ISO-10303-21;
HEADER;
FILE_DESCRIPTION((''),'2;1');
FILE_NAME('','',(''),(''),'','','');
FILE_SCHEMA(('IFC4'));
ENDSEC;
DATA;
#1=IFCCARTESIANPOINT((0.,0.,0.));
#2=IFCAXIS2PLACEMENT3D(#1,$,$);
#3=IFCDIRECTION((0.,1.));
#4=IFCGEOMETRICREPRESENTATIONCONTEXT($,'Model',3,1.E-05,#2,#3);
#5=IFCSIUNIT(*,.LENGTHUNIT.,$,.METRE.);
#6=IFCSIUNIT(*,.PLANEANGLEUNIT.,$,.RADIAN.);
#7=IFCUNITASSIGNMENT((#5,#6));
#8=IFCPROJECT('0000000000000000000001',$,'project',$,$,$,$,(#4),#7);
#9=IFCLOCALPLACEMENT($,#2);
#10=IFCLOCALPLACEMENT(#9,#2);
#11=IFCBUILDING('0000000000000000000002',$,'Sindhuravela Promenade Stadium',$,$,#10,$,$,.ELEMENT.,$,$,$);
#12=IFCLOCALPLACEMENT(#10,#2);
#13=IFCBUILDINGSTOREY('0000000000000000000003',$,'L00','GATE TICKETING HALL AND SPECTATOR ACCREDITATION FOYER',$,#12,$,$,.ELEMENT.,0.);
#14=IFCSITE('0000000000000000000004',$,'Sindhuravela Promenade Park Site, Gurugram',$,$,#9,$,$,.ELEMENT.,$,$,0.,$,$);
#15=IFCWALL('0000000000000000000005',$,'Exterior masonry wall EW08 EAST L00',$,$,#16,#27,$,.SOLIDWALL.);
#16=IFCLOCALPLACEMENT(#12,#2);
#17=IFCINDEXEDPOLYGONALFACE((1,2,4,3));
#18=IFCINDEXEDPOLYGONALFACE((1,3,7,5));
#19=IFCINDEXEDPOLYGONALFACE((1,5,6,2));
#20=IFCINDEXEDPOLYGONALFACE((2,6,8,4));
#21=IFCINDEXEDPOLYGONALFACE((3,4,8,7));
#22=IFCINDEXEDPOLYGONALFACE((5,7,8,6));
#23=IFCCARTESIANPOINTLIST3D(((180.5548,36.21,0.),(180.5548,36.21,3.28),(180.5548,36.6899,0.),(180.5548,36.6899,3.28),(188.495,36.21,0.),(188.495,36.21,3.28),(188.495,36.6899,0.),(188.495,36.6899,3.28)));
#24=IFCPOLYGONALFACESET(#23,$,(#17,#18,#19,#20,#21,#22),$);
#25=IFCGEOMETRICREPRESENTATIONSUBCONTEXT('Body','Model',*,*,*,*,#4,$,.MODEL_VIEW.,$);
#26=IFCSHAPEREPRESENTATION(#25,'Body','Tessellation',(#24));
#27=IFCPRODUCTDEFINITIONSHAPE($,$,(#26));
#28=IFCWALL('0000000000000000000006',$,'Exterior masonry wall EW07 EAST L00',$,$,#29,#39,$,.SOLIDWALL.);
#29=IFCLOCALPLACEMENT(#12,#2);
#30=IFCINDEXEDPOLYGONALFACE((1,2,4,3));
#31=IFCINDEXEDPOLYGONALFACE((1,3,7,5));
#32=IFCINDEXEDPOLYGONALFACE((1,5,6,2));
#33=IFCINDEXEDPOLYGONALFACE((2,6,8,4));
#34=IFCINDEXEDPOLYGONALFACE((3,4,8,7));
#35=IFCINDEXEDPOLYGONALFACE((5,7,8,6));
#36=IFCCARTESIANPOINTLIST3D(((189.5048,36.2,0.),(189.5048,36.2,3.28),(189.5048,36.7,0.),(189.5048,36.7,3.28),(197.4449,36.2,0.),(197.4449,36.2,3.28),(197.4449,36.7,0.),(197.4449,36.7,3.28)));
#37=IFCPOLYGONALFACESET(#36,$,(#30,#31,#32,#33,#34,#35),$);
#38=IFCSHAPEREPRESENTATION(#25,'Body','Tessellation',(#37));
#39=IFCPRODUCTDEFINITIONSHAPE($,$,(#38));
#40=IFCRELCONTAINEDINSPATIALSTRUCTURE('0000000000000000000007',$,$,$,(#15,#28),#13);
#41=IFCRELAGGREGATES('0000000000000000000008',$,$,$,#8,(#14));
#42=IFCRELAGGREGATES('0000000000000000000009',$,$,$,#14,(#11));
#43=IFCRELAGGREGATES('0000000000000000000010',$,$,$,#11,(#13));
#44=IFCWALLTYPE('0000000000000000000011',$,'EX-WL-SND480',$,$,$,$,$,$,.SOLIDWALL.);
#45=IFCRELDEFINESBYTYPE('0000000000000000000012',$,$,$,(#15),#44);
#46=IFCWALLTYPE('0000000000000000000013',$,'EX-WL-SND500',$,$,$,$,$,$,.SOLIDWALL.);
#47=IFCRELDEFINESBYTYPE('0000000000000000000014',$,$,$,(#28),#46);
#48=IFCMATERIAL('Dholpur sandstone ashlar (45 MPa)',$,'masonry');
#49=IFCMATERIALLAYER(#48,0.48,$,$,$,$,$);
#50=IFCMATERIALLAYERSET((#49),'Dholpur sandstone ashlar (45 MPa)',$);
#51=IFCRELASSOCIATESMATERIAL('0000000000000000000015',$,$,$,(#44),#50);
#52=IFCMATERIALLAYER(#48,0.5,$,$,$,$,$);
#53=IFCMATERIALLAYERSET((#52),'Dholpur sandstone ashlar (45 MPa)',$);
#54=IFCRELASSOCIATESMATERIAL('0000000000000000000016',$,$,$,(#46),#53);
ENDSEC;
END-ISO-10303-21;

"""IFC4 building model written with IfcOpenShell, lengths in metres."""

from ifc_helpers import new_model, si_unit, direction, frame, frame_2d, origin, place, context, subcontext, project, spatial, rectangle, extrude, material, layer, layer_set, type_object, element, save


model = new_model("IFC4")

# Units and contexts
model_context = context("Model", 3, precision=1e-05, world=origin(), true_north=direction((0.0, 1.0)))
body_context = subcontext(model_context, "Body", "Model", "MODEL_VIEW")
ifc_project = project(units=[si_unit("LENGTHUNIT", "METRE"), si_unit("PLANEANGLEUNIT", "RADIAN")], contexts=[model_context])

# Site, building, storey
site_placement = place(None, origin())
site = spatial("IfcSite", under=ifc_project, at=site_placement, Name="Sindhuravela Promenade Park Site, Gurugram", CompositionType="ELEMENT", RefElevation=0.0)
building_placement = place(site_placement, origin())
building = spatial("IfcBuilding", under=site, at=building_placement, Name="Sindhuravela Promenade Stadium", CompositionType="ELEMENT")
storey_placement = place(building_placement, origin())
storey = spatial("IfcBuildingStorey", under=building, at=storey_placement, Name="L00", Description="GATE TICKETING HALL AND SPECTATOR ACCREDITATION FOYER", CompositionType="ELEMENT", Elevation=0.0)

# Walls
ifc_material_1 = material(Name="Dholpur sandstone ashlar (45 MPa)", Category="masonry")
ifc_layer_1 = layer(ifc_material_1, 0.48)
ifc_layer_set_1 = layer_set([ifc_layer_1], Name="Dholpur sandstone ashlar (45 MPa)")
wall_type_1 = type_object("IfcWallType", Name="EX-WL-SND480", PredefinedType="SOLIDWALL", material=ifc_layer_set_1)
wall_1_placement = place(storey_placement, frame((188.4951, 36.45, 0.0), z_axis=(0.0, 0.0, 1.0), x_axis=(-1.0, 0.0, 0.0)))
element("IfcWall", 1, at=wall_1_placement, inside=storey, type_object=wall_type_1, Name="Exterior masonry wall EW08 EAST L00", PredefinedType="SOLIDWALL", context=body_context, shape_type="SweptSolid", body=[
    extrude(rectangle(XDim=7.9402, YDim=0.48, at=frame_2d((3.9702, 0.0))), origin(), (0.0, 0.0, 1.0), 3.28),
])
ifc_layer_2 = layer(ifc_material_1, 0.5)
ifc_layer_set_2 = layer_set([ifc_layer_2], Name="Dholpur sandstone ashlar (45 MPa)")
wall_type_2 = type_object("IfcWallType", Name="EX-WL-SND500", PredefinedType="SOLIDWALL", material=ifc_layer_set_2)
wall_2_placement = place(storey_placement, frame((197.4451, 36.45, 0.0), z_axis=(0.0, 0.0, 1.0), x_axis=(-1.0, 0.0, 0.0)))
element("IfcWall", 2, at=wall_2_placement, inside=storey, type_object=wall_type_2, Name="Exterior masonry wall EW07 EAST L00", PredefinedType="SOLIDWALL", context=body_context, shape_type="SweptSolid", body=[
    extrude(rectangle(XDim=7.9402, YDim=0.5, at=frame_2d((3.9702, 0.0))), origin(), (0.0, 0.0, 1.0), 3.28),
])

save(model, "model.ifc")
